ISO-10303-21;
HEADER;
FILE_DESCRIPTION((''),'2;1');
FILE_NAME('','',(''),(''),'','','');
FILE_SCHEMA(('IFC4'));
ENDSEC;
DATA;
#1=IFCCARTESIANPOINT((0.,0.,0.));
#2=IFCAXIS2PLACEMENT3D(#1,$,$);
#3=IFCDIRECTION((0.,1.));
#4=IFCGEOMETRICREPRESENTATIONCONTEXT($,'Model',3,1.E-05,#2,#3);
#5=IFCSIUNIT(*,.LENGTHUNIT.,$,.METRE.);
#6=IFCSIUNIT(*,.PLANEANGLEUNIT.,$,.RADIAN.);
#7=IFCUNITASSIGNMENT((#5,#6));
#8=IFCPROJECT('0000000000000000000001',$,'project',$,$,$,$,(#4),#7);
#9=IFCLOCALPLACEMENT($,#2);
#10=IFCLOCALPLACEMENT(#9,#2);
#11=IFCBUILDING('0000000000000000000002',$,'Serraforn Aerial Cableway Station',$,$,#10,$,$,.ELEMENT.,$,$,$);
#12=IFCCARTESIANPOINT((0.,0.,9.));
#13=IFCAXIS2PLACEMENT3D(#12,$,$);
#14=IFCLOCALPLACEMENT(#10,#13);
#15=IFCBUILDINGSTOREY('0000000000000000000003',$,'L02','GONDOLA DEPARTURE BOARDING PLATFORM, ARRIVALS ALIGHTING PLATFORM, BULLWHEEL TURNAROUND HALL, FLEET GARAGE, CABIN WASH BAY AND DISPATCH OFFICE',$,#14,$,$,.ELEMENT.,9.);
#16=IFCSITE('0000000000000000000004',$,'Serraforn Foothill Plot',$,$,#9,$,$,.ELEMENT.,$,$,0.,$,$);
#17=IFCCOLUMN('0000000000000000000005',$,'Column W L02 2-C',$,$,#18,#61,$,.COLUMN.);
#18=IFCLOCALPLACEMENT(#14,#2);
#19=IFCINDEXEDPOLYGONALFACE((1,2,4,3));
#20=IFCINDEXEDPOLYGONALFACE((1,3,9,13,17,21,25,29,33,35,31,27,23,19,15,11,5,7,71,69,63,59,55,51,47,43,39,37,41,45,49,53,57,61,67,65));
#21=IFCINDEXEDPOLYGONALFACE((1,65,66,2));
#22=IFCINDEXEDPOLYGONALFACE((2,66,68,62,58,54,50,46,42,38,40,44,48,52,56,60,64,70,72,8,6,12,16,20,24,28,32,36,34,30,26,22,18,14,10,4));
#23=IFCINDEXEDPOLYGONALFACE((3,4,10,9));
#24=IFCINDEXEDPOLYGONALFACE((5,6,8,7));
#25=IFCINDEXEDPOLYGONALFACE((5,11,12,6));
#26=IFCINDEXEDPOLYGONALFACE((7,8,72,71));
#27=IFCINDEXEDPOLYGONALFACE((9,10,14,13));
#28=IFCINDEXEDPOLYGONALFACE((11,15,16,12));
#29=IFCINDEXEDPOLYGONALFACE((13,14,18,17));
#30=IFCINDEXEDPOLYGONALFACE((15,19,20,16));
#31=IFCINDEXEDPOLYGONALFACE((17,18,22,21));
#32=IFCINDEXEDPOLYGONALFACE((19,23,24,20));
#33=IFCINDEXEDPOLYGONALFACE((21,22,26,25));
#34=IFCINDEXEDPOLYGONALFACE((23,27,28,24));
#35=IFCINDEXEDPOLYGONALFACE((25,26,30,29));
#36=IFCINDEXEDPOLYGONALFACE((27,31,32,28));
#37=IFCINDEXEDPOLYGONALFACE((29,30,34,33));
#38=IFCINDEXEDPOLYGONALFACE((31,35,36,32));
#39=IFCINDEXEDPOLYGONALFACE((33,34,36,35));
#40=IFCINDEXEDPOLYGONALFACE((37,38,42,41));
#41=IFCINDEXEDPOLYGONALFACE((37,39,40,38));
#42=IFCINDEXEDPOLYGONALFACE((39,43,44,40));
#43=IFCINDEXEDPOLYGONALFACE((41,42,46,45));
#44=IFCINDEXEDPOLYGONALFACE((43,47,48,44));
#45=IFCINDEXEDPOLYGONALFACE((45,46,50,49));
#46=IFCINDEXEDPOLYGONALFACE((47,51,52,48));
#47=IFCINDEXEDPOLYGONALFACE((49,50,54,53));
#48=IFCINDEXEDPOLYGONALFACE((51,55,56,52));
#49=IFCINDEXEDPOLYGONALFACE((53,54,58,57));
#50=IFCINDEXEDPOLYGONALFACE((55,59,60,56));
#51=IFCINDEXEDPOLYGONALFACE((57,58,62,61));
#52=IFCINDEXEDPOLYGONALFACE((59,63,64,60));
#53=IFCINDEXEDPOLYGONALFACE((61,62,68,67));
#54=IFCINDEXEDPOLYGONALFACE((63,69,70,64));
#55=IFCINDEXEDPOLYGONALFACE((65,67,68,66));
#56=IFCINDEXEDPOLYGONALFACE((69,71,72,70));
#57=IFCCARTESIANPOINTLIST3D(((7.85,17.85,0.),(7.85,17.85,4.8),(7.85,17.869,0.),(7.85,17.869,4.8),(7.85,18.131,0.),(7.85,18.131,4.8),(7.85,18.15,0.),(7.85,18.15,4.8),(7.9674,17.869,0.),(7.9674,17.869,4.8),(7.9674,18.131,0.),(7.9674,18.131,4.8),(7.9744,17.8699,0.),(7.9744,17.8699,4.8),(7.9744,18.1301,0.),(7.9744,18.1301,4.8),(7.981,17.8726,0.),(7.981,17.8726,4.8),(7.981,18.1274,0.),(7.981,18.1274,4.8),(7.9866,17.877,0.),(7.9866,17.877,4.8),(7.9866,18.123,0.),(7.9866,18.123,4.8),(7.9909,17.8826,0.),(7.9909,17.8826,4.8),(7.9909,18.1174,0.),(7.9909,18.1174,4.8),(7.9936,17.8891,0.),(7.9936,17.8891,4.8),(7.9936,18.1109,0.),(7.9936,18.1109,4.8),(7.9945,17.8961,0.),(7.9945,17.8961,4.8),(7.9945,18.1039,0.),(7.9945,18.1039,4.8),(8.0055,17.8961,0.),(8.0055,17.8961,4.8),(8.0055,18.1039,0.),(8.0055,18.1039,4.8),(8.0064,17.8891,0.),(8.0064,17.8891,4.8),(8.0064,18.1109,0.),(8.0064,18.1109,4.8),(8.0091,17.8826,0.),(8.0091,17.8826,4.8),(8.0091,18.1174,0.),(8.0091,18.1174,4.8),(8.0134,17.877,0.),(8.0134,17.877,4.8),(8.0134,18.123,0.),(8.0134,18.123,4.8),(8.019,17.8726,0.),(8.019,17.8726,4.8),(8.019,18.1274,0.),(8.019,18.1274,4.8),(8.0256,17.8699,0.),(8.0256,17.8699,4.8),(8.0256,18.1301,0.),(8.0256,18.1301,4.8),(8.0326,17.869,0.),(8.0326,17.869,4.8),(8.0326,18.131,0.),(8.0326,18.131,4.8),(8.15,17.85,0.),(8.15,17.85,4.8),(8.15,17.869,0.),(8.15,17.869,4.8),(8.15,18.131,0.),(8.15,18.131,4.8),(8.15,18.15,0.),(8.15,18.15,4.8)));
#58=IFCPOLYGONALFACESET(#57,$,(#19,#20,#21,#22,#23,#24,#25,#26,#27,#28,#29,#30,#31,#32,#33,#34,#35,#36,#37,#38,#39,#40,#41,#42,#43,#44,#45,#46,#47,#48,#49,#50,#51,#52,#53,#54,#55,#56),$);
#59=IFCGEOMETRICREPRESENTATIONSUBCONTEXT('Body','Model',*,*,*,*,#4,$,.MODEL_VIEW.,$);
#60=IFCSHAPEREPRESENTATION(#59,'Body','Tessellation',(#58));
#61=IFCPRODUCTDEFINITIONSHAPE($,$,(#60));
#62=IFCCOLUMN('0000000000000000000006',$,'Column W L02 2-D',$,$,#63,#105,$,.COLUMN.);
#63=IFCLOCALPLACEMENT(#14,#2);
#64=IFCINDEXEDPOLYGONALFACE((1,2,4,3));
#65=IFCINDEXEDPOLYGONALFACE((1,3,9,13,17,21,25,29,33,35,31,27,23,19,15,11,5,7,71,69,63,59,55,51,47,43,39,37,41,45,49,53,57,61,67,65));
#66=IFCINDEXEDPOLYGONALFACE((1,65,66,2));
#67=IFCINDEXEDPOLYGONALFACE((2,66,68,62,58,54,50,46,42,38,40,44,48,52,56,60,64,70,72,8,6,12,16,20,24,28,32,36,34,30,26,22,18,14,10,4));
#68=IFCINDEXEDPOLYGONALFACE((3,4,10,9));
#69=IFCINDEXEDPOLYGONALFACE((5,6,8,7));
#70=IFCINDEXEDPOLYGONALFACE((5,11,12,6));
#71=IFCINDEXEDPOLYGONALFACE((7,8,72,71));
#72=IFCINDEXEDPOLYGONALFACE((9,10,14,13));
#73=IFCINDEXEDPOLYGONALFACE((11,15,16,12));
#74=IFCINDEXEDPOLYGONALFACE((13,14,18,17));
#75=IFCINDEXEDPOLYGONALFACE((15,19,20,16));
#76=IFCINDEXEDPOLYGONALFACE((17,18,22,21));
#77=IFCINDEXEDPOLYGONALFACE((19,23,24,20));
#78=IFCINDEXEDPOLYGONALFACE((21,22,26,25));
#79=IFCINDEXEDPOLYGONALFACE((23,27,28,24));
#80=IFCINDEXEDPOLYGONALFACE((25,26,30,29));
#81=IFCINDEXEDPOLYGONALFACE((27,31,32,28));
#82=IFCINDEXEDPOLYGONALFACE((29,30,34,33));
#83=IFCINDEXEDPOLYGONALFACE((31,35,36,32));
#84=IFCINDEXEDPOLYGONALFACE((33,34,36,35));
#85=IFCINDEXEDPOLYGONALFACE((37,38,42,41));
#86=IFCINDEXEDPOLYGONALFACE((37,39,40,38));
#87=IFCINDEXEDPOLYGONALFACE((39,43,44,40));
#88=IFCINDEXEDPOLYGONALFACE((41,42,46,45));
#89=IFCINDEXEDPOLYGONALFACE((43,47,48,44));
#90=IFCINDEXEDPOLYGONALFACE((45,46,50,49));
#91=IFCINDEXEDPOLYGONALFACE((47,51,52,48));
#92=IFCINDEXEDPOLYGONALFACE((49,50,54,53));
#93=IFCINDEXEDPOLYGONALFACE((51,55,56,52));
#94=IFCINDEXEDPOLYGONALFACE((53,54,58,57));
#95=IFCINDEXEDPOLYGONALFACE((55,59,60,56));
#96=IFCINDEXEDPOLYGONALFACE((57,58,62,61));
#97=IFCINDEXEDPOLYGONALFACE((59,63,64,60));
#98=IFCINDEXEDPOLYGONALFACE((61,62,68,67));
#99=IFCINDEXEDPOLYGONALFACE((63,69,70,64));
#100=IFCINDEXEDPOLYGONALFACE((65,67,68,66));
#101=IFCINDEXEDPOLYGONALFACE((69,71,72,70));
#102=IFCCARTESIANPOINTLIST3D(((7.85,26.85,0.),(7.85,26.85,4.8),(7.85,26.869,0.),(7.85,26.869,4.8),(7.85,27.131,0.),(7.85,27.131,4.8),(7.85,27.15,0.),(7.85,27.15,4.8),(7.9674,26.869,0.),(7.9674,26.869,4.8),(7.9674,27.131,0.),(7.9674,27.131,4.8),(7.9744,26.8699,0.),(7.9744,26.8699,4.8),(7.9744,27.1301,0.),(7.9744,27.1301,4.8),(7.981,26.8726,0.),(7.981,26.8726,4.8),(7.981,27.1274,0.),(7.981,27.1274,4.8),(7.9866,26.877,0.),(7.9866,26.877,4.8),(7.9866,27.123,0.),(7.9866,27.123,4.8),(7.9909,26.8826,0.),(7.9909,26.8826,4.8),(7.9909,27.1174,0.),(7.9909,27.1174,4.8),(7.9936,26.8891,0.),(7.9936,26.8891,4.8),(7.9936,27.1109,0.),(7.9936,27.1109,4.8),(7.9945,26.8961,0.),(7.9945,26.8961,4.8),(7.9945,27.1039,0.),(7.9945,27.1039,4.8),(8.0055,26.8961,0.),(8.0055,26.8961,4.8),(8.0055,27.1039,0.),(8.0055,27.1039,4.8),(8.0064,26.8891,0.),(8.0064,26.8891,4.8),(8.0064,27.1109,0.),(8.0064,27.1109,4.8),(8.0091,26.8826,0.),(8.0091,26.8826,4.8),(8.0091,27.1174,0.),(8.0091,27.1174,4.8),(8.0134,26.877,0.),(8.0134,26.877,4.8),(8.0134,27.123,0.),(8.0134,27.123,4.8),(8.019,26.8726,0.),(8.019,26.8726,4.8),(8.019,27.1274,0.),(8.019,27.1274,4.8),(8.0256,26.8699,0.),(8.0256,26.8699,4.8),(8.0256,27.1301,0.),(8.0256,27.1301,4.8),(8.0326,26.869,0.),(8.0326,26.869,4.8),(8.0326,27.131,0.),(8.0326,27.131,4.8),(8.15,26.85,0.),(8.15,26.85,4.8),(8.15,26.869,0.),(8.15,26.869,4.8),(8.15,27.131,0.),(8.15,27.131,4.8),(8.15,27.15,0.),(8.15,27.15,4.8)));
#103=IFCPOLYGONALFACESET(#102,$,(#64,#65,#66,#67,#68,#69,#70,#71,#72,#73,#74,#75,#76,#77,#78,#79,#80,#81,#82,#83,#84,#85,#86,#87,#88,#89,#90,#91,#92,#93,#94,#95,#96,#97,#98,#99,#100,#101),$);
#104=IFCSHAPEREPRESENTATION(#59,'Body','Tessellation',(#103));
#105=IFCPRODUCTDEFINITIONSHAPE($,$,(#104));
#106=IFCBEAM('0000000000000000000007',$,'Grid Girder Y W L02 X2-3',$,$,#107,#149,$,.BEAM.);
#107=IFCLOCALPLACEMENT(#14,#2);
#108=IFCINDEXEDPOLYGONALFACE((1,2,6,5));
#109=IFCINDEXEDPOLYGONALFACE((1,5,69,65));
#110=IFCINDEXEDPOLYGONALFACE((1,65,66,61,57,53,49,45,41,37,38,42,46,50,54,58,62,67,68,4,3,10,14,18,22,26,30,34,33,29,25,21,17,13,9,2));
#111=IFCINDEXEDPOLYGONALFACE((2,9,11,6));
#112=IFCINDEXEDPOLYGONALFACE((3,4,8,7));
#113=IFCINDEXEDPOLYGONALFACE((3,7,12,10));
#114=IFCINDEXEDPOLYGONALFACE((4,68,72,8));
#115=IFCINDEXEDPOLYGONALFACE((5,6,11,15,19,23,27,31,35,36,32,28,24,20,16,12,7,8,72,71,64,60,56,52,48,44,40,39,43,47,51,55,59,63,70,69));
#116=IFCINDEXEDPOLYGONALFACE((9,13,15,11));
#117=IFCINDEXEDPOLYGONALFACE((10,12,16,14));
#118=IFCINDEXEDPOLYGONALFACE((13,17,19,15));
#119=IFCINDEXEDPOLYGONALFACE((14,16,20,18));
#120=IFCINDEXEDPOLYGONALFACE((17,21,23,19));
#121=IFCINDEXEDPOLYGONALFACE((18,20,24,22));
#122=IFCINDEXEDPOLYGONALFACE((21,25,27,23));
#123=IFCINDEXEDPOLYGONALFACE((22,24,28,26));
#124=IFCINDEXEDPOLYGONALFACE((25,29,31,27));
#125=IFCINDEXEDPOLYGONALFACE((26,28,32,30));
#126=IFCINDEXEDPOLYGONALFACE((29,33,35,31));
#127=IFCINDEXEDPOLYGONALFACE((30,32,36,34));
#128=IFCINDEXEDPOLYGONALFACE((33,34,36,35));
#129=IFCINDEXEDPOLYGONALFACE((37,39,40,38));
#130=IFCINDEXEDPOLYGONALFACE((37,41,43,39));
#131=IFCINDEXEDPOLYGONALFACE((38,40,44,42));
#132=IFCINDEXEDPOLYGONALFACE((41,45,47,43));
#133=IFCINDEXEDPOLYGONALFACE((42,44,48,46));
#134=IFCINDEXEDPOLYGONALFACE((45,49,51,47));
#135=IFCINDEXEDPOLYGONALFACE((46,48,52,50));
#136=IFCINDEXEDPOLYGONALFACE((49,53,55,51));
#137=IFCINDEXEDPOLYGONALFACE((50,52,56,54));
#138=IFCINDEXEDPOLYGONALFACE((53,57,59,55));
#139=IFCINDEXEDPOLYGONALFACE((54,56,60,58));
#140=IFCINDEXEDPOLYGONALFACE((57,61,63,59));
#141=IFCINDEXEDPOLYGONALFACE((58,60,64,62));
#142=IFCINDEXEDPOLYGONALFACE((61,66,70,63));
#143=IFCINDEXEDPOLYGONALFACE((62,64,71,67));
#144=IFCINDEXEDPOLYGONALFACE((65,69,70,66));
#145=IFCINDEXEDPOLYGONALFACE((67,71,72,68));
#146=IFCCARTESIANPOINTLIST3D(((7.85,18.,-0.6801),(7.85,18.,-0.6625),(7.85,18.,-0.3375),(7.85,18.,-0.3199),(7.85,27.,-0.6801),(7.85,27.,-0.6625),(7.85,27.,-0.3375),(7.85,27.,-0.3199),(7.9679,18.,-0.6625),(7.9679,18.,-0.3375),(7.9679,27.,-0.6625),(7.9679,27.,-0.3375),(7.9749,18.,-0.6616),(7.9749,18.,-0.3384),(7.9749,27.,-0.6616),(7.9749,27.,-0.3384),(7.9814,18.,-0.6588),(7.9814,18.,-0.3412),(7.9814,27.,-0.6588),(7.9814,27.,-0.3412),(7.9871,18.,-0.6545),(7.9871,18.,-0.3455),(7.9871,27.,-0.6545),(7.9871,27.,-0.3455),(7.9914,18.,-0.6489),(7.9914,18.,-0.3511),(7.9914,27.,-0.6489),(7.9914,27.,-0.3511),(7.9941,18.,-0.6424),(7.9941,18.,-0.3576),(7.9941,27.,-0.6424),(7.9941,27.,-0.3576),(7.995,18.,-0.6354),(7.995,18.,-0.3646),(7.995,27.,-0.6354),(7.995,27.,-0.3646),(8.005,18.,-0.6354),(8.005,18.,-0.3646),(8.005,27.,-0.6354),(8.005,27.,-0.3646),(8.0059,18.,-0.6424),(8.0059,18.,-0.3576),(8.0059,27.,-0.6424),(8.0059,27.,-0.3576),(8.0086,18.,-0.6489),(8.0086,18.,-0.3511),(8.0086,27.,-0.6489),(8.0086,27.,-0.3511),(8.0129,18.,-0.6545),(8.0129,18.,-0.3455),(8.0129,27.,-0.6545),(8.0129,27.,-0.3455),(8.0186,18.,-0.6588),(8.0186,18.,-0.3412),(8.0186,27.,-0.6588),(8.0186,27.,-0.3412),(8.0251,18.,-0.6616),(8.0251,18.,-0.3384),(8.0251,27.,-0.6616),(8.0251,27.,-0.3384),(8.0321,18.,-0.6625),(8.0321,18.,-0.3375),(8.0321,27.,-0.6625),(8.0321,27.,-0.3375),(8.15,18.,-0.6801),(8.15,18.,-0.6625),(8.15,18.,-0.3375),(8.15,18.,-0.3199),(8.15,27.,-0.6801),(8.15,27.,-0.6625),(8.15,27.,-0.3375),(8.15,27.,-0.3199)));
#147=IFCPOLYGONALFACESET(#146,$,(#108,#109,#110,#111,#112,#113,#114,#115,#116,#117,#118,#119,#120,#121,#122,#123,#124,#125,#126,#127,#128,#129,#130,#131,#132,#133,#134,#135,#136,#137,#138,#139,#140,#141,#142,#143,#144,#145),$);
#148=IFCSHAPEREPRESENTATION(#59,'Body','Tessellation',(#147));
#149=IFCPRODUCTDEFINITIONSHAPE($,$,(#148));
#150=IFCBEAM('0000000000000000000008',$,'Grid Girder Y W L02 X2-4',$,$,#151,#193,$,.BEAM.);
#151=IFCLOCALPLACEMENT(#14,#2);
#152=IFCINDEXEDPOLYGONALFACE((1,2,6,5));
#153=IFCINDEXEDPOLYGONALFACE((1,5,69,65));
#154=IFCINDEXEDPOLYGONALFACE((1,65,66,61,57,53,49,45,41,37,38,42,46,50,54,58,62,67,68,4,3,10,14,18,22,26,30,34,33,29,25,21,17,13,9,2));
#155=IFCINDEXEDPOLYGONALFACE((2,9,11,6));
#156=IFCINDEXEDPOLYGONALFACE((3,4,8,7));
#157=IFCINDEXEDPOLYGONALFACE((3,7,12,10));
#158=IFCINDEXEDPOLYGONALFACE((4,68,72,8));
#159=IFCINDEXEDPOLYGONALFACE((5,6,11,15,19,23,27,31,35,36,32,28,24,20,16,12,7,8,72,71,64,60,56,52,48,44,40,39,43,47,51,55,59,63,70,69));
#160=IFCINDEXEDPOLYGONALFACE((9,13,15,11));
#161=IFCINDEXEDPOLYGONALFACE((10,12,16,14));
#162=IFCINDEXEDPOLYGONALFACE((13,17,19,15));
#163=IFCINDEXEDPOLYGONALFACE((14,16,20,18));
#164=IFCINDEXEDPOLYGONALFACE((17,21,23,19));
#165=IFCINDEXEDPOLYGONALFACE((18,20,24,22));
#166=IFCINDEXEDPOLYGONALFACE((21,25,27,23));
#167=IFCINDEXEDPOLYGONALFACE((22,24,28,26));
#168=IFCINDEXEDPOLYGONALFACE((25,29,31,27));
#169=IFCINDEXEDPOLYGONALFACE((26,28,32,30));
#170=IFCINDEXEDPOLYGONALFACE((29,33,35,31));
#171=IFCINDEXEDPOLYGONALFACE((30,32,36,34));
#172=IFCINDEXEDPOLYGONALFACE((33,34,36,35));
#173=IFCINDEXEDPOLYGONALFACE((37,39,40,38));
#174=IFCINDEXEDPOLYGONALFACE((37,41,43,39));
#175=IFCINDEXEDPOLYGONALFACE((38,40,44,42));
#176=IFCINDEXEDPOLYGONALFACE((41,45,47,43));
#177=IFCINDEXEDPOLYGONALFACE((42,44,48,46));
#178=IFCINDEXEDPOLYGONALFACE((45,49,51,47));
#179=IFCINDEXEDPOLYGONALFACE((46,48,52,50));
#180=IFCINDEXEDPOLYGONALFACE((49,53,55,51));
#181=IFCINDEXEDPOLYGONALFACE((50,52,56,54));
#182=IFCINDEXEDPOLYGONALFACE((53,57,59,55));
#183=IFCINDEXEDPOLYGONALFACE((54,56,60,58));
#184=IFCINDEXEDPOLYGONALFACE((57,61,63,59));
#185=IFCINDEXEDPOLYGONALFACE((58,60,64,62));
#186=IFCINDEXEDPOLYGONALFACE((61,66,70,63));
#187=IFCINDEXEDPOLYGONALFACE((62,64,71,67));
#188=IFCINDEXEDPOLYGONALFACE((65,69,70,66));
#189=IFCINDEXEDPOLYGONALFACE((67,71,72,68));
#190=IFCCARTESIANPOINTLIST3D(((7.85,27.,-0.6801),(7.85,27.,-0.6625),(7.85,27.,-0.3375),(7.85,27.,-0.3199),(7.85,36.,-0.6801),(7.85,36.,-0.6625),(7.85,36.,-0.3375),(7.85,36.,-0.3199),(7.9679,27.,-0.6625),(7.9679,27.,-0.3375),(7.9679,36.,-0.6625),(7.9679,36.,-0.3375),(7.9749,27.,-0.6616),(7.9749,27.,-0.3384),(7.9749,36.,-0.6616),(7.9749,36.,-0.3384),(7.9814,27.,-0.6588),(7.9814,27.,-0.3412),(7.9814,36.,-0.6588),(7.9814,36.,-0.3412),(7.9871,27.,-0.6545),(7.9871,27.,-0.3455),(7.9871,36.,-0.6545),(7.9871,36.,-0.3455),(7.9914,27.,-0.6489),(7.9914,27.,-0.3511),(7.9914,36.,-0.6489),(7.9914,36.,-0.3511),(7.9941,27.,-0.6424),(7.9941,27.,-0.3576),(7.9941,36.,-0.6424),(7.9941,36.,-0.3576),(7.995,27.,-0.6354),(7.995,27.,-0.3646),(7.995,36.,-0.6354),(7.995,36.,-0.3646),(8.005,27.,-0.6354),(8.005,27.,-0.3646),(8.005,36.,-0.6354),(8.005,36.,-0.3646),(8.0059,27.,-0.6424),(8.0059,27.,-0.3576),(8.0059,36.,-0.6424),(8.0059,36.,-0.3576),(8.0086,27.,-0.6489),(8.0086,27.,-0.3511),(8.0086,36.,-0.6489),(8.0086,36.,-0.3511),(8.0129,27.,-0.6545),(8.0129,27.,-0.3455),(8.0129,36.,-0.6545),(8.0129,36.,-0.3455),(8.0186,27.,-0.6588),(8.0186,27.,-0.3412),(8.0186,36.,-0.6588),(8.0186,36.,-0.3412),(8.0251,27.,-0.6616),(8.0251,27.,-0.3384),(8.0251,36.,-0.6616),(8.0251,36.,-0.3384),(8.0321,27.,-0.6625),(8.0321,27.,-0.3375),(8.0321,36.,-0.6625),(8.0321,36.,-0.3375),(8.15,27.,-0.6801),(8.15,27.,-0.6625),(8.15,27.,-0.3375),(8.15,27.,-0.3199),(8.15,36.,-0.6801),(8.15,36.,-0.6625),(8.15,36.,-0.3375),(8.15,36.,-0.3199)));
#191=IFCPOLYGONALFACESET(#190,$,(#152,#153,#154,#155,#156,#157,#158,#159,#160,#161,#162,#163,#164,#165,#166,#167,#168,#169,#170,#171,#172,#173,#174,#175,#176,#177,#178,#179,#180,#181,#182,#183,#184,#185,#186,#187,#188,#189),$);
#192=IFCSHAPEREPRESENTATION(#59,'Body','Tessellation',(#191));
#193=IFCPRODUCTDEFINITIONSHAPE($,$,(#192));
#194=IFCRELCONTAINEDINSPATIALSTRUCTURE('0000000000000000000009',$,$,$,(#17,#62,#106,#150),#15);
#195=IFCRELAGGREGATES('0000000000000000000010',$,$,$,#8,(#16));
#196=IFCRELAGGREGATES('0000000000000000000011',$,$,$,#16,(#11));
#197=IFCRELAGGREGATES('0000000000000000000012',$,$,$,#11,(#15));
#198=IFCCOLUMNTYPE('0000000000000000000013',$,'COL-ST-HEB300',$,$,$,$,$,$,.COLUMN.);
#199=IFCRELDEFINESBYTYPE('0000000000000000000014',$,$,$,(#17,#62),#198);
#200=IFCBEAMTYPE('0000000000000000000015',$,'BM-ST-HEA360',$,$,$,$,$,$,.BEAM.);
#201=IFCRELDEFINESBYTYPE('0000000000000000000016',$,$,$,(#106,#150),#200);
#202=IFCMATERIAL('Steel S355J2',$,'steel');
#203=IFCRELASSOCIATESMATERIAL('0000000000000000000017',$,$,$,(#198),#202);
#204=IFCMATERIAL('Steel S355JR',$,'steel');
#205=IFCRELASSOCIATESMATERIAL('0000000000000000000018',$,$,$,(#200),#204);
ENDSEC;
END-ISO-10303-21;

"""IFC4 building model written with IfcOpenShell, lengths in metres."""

from ifc_helpers import new_model, si_unit, direction, frame, origin, origin_2d, place, context, subcontext, project, spatial, i_section, extrude, material, material_profile, profile_set, type_object, element, save


model = new_model("IFC4")

# Units and contexts
model_context = context("Model", 3, precision=1e-05, world=origin(), true_north=direction((0.0, 1.0)))
body_context = subcontext(model_context, "Body", "Model", "MODEL_VIEW")
ifc_project = project(units=[si_unit("LENGTHUNIT", "METRE"), si_unit("PLANEANGLEUNIT", "RADIAN")], contexts=[model_context])

# Site, building, storey
site_placement = place(None, origin())
site = spatial("IfcSite", under=ifc_project, at=site_placement, Name="Serraforn Foothill Plot", CompositionType="ELEMENT", RefElevation=0.0)
building_placement = place(site_placement, origin())
building = spatial("IfcBuilding", under=site, at=building_placement, Name="Serraforn Aerial Cableway Station", CompositionType="ELEMENT")
storey_placement = place(building_placement, frame((0.0, 0.0, 9.0)))
storey = spatial("IfcBuildingStorey", under=building, at=storey_placement, Name="L02", Description="GONDOLA DEPARTURE BOARDING PLATFORM, ARRIVALS ALIGHTING PLATFORM, BULLWHEEL TURNAROUND HALL, FLEET GARAGE, CABIN WASH BAY AND DISPATCH OFFICE", CompositionType="ELEMENT", Elevation=9.0)

# Columns
ifc_material_1 = material(Name="Steel S355J2", Category="steel")
ifc_material_profile_1 = material_profile(ifc_material_1, i_section(OverallWidth=0.3, OverallDepth=0.3, WebThickness=0.011, FlangeThickness=0.019, FilletRadius=0.0271, at=origin_2d()), Name="HEB 300")
ifc_profile_set_1 = profile_set([ifc_material_profile_1], Name="Steel S355J2")
column_type = type_object("IfcColumnType", Name="COL-ST-HEB300", PredefinedType="COLUMN", material=ifc_profile_set_1)
for number, where, z_axis, x_axis, name in (
    (1, (8.0, 18.0, 0.0), (0.0, 0.0, 1.0), (1.0, 0.0, 0.0), "Column W L02 2-C"),
    (2, (8.0, 27.0, 0.0), (0.0, 0.0, 1.0), (1.0, 0.0, 0.0), "Column W L02 2-D"),
):
    element("IfcColumn", number, at=place(storey_placement, frame(where, z_axis=z_axis, x_axis=x_axis)), inside=storey, type_object=column_type, Name=name, PredefinedType="COLUMN", context=body_context, shape_type="SweptSolid", body=[
        extrude(i_section(OverallWidth=0.3, OverallDepth=0.3, WebThickness=0.011, FlangeThickness=0.019, FilletRadius=0.0271, at=origin_2d()), origin(), (0.0, 0.0, 1.0), 4.8),
    ])

# Beams
ifc_material_2 = material(Name="Steel S355JR", Category="steel")
ifc_material_profile_2 = material_profile(ifc_material_2, i_section(OverallWidth=0.3, OverallDepth=0.3601, WebThickness=0.01, FlangeThickness=0.0176, FilletRadius=0.0271, at=origin_2d()), Name="HEA 360")
ifc_profile_set_2 = profile_set([ifc_material_profile_2], Name="Steel S355JR")
beam_type_1 = type_object("IfcBeamType", Name="BM-ST-HEA360", PredefinedType="BEAM", material=ifc_profile_set_2)
for number, where, z_axis, x_axis, name in (
    (3, (8.0, 18.0, -0.5), (0.0, 1.0, 0.0), (-1.0, 0.0, 0.0), "Grid Girder Y W L02 X2-3"),
    (4, (8.0, 27.0, -0.5), (0.0, 1.0, 0.0), (-1.0, 0.0, 0.0), "Grid Girder Y W L02 X2-4"),
):
    element("IfcBeam", number, at=place(storey_placement, frame(where, z_axis=z_axis, x_axis=x_axis)), inside=storey, type_object=beam_type_1, Name=name, PredefinedType="BEAM", context=body_context, shape_type="SweptSolid", body=[
        extrude(i_section(OverallWidth=0.3, OverallDepth=0.3601, WebThickness=0.01, FlangeThickness=0.0176, FilletRadius=0.0271, at=origin_2d()), origin(), (0.0, 0.0, 1.0), 9.0),
    ])

save(model, "model.ifc")
